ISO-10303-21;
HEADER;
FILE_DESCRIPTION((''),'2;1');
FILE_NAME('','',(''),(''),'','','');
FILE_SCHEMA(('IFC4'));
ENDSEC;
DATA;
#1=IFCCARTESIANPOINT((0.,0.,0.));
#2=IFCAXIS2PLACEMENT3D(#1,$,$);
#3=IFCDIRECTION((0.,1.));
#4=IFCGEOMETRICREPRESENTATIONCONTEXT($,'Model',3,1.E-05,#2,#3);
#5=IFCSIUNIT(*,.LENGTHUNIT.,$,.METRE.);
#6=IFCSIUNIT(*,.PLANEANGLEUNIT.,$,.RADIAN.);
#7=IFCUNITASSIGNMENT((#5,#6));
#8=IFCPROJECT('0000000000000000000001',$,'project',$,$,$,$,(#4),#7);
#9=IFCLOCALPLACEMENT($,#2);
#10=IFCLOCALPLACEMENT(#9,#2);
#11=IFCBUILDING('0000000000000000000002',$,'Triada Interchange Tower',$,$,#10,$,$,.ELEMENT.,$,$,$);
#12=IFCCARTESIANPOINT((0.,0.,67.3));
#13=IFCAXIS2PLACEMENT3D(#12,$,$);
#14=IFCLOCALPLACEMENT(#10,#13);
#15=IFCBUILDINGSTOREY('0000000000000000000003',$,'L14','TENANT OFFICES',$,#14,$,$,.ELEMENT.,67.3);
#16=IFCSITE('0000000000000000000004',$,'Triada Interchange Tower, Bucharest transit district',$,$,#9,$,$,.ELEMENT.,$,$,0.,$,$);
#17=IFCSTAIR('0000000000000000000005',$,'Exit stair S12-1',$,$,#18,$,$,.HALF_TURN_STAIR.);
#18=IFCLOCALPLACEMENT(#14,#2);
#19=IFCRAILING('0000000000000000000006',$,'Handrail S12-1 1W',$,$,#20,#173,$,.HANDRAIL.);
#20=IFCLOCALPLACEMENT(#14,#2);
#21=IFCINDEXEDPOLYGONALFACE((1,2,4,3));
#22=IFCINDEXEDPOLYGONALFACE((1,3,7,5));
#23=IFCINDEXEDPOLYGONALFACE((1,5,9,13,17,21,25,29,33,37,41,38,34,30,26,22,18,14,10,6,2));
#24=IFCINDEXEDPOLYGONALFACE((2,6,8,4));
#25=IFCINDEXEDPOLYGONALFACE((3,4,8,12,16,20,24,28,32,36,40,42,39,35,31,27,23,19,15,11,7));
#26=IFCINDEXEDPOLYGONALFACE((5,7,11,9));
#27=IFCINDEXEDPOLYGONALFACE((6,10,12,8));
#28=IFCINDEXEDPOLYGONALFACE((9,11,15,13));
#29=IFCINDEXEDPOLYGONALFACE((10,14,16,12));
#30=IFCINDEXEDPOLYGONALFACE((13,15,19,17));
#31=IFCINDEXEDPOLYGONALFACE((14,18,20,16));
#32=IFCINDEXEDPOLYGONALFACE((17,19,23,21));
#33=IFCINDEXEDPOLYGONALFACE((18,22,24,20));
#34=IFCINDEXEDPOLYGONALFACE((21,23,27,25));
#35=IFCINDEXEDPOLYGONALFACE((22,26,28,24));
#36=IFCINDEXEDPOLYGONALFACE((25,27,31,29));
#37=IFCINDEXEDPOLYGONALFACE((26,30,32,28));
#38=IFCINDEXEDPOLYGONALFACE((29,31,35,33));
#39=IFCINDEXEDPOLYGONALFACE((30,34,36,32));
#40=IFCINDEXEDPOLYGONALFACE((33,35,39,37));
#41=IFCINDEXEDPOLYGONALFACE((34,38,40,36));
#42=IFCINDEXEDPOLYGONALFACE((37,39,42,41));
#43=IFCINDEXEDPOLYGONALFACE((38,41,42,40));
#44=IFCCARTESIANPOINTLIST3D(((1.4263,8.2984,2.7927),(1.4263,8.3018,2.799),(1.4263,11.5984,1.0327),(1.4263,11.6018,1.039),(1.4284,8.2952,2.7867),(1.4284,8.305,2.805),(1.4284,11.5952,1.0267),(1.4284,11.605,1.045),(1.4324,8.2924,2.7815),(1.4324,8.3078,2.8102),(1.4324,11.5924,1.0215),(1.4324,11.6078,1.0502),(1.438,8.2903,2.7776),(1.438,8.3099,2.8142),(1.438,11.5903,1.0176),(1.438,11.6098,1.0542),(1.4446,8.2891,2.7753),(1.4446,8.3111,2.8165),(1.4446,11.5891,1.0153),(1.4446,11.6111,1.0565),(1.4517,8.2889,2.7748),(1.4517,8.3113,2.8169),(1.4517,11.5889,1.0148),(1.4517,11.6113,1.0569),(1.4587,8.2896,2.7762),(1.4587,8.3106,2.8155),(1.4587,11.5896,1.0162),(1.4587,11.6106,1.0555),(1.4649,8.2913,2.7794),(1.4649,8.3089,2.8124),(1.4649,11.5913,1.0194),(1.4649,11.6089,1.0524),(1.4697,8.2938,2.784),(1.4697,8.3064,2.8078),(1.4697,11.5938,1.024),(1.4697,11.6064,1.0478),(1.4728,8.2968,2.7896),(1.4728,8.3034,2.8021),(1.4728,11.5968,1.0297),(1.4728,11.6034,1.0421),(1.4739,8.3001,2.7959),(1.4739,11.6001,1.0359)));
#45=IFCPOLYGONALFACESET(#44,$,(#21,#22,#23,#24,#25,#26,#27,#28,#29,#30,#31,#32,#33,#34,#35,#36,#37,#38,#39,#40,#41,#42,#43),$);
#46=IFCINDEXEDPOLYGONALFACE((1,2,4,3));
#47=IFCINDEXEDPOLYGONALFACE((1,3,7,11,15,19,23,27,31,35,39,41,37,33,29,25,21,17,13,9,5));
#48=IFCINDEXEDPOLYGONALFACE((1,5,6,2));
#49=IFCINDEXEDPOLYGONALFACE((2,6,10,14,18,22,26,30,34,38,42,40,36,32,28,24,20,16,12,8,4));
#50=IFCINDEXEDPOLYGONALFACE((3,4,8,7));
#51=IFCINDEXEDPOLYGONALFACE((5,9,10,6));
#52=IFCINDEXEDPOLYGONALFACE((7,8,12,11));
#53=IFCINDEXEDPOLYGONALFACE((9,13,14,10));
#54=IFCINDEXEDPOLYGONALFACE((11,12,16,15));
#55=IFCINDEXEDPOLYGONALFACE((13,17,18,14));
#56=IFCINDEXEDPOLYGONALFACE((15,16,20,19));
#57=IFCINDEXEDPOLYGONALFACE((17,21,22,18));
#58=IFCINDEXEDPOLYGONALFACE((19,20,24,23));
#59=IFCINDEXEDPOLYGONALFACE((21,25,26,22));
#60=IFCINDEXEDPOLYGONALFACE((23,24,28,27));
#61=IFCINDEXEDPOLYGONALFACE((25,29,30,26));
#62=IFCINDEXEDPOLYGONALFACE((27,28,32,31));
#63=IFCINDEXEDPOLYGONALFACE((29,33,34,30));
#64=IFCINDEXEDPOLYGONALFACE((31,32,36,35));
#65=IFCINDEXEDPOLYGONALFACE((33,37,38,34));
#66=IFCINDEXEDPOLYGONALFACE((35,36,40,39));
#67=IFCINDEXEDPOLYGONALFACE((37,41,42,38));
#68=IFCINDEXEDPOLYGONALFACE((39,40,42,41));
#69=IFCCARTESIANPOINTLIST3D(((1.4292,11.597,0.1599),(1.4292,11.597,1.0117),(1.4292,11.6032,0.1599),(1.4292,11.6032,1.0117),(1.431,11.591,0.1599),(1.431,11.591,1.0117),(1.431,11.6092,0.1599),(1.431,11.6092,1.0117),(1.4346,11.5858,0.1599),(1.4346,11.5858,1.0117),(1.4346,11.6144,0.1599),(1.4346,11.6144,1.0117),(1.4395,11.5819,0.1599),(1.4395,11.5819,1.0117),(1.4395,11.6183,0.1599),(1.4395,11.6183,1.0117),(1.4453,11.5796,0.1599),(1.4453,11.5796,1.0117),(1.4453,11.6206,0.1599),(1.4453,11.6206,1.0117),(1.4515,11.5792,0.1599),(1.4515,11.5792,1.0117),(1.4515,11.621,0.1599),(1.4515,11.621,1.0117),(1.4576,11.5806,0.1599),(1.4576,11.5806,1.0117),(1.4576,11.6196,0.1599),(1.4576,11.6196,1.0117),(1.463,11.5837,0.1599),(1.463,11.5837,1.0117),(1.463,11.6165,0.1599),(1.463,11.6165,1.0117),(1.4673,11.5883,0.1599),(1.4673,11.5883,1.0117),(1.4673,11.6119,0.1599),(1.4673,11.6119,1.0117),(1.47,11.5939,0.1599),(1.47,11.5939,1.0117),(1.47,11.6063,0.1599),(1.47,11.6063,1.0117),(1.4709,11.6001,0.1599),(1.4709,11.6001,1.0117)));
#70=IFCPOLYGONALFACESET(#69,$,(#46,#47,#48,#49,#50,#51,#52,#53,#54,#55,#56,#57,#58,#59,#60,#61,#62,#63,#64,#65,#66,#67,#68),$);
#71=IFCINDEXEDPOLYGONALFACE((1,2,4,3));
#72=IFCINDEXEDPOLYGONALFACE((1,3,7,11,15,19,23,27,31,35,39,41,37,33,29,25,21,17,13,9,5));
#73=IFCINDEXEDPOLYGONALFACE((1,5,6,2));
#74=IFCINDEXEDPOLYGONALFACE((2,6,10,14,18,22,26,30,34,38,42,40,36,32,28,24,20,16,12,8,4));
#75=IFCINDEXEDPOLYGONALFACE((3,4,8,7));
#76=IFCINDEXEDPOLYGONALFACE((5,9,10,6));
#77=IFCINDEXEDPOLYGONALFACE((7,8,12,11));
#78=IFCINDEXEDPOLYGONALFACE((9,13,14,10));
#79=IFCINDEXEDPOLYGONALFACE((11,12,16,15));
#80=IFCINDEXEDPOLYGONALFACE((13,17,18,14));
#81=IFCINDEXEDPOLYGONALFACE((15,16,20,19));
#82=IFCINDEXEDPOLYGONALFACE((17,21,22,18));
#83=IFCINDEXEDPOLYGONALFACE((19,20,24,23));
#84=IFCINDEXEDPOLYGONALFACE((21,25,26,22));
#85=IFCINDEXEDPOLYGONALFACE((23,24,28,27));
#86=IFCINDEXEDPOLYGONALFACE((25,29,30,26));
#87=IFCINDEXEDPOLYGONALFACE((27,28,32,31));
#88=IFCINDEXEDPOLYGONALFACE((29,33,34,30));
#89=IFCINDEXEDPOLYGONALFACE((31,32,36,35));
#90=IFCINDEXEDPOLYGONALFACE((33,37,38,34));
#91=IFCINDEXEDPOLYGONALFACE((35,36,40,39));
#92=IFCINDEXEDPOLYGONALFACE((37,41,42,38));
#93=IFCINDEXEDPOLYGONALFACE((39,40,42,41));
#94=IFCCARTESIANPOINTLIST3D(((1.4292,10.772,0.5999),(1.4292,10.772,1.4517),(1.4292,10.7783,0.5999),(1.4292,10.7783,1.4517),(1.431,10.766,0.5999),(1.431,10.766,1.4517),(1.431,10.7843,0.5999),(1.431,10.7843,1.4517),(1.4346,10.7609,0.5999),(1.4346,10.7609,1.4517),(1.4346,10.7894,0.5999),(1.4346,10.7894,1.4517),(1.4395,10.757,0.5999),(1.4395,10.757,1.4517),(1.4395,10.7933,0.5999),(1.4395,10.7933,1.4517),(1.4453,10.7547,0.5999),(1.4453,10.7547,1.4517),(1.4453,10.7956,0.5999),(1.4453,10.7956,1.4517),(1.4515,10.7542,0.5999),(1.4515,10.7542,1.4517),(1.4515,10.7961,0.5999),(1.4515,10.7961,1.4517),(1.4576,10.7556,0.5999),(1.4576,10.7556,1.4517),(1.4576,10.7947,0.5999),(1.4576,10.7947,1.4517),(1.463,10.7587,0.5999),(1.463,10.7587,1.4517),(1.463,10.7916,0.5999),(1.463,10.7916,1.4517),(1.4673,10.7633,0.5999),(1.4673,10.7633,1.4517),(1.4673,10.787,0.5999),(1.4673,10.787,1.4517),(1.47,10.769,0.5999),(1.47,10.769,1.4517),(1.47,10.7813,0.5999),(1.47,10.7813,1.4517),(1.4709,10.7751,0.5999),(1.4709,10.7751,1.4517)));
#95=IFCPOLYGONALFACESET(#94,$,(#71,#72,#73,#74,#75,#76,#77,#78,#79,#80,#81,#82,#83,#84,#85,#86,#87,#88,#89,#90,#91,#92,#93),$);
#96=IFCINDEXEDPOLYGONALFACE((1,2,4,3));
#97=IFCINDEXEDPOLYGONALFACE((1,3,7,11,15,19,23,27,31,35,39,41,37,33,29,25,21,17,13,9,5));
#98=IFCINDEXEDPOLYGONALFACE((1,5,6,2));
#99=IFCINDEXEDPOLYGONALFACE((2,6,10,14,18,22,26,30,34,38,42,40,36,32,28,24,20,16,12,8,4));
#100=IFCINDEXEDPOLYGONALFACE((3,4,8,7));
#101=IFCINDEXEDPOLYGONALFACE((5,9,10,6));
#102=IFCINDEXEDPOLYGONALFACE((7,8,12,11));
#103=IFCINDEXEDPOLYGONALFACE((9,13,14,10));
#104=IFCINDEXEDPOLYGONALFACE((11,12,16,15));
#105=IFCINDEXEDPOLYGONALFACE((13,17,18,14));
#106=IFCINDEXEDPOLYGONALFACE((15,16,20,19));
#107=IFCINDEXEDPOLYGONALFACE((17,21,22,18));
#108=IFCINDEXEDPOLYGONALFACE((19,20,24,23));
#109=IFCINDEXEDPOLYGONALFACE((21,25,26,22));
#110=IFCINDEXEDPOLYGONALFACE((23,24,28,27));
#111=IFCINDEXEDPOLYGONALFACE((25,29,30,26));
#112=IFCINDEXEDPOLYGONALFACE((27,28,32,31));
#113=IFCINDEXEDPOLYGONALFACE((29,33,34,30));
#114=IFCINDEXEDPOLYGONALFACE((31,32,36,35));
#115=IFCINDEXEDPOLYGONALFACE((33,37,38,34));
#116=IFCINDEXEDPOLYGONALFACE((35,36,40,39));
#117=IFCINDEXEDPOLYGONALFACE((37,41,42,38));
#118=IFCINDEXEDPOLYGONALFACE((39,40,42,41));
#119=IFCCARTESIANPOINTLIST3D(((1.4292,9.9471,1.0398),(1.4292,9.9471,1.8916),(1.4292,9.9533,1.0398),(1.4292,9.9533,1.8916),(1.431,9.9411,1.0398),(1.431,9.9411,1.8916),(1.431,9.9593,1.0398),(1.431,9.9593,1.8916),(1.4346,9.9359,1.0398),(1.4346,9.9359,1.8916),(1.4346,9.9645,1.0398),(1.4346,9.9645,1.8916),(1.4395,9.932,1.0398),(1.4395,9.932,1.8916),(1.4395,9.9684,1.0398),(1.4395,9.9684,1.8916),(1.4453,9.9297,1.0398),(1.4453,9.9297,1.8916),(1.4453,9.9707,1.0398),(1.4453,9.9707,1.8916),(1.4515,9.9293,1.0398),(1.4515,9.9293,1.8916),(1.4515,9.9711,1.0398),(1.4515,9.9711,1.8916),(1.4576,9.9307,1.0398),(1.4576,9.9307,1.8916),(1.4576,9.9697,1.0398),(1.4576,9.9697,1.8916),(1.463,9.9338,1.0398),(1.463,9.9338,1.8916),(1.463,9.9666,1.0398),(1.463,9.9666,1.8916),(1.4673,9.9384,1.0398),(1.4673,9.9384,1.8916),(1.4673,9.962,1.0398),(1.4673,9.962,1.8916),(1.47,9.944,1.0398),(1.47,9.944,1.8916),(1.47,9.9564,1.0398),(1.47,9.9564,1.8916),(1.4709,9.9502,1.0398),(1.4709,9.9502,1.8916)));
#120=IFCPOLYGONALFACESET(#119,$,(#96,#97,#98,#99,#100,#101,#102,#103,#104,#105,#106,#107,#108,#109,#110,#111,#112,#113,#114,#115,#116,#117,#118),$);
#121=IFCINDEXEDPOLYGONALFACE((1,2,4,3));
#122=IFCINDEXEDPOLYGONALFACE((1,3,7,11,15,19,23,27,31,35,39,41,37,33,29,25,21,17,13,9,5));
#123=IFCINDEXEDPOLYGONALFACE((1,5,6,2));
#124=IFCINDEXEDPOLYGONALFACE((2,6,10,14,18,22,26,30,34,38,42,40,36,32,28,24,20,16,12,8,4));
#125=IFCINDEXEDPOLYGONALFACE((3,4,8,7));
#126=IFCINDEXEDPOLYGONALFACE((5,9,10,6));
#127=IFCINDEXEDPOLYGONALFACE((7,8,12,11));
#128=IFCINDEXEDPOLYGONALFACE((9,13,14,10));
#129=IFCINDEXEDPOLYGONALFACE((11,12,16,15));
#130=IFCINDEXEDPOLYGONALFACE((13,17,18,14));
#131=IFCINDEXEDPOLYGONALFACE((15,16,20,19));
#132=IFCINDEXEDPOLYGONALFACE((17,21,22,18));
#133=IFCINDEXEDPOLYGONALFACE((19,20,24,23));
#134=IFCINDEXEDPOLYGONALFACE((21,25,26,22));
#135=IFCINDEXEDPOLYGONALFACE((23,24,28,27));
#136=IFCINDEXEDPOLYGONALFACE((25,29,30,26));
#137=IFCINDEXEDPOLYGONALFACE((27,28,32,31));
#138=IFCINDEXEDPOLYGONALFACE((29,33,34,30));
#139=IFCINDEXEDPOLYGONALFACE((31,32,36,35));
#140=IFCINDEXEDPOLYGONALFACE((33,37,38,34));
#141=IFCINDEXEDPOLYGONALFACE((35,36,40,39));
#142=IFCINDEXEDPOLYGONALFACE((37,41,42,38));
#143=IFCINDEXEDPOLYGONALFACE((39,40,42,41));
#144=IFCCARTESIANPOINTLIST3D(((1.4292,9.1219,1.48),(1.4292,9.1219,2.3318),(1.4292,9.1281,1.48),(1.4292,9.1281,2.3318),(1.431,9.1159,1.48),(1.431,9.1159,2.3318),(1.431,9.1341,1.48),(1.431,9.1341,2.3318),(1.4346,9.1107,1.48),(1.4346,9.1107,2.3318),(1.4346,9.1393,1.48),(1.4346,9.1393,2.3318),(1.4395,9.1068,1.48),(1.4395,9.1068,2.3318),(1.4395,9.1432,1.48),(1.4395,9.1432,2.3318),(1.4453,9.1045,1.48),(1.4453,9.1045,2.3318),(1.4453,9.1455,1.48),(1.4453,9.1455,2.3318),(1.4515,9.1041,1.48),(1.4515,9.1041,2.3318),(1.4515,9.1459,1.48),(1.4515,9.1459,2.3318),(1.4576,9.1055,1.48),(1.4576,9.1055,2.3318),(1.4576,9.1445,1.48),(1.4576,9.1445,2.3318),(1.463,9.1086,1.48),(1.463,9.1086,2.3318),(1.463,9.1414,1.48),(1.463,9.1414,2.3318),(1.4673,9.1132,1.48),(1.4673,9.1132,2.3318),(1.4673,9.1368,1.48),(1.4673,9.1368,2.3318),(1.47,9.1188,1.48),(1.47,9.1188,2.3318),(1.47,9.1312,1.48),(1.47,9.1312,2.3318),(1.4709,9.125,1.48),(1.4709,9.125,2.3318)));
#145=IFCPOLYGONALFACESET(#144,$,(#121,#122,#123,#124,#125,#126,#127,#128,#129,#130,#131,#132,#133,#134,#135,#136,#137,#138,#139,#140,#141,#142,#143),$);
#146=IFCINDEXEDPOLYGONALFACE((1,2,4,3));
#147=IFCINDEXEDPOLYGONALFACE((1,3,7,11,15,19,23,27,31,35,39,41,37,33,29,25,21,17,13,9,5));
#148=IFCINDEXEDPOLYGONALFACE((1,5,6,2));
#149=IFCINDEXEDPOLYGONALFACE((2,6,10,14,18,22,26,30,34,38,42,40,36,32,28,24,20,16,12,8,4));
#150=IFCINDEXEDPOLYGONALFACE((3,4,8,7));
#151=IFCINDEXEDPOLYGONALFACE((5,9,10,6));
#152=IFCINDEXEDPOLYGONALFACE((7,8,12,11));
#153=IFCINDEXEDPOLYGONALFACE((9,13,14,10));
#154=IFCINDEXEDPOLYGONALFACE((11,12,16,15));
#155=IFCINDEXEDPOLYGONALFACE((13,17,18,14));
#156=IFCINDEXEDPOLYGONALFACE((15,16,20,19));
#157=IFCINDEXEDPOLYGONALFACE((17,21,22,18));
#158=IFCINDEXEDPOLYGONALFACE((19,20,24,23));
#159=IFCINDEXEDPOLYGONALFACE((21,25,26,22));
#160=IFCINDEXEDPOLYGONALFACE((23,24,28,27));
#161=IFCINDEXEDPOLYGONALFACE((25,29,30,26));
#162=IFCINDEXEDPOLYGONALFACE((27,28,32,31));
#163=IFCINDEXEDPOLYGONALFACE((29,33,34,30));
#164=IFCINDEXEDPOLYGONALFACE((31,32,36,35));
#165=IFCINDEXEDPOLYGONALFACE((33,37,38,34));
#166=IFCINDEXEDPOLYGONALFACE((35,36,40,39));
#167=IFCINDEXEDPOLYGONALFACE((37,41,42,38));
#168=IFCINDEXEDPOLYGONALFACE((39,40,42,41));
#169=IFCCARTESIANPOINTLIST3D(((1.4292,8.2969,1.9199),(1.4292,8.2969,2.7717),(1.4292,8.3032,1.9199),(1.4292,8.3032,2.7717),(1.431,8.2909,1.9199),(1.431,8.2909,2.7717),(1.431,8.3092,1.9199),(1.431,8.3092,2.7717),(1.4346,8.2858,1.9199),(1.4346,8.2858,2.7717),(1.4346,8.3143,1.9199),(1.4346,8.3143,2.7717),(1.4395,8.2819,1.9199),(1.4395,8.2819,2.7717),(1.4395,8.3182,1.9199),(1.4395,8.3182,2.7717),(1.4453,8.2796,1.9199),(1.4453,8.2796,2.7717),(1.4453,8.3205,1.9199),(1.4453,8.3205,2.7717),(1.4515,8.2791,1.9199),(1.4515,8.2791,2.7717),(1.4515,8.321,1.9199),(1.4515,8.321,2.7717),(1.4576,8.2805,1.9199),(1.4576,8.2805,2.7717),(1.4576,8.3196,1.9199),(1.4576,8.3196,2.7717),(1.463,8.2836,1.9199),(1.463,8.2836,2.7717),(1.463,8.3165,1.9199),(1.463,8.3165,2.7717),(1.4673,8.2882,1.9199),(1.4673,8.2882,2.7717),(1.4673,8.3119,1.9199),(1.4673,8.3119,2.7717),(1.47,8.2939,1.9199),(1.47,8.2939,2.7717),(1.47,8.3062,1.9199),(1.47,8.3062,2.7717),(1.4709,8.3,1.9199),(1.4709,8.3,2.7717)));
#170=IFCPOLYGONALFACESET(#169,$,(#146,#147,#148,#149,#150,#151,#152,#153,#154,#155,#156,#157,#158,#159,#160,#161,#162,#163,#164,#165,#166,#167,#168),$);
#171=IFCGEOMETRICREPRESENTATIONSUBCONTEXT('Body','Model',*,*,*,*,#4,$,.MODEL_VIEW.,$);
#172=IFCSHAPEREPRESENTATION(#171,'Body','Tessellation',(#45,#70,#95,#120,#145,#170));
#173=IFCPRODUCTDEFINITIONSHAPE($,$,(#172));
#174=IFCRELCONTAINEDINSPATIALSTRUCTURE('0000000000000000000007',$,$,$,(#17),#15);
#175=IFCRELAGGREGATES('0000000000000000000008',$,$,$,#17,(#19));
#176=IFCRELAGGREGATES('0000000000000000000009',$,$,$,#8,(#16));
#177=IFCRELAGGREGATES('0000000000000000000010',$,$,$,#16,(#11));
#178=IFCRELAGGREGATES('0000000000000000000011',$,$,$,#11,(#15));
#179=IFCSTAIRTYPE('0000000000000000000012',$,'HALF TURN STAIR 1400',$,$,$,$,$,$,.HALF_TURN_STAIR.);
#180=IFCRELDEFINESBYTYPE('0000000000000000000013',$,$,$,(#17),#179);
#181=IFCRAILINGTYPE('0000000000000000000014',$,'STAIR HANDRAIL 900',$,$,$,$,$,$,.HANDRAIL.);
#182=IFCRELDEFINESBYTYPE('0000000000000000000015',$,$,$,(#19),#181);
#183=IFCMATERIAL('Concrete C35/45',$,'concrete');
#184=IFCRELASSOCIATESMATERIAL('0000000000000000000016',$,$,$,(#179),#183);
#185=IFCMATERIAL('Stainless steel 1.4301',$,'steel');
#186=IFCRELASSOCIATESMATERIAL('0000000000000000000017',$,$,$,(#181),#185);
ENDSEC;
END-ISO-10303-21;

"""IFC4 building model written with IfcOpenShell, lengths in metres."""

from ifc_helpers import new_model, si_unit, direction, frame, origin, origin_2d, place, context, subcontext, project, spatial, circle, extrude, material, type_object, element, aggregate, save


model = new_model("IFC4")

# Units and contexts
model_context = context("Model", 3, precision=1e-05, world=origin(), true_north=direction((0.0, 1.0)))
body_context = subcontext(model_context, "Body", "Model", "MODEL_VIEW")
ifc_project = project(units=[si_unit("LENGTHUNIT", "METRE"), si_unit("PLANEANGLEUNIT", "RADIAN")], contexts=[model_context])

# Site, building, storey
site_placement = place(None, origin())
site = spatial("IfcSite", under=ifc_project, at=site_placement, Name="Triada Interchange Tower, Bucharest transit district", CompositionType="ELEMENT", RefElevation=0.0)
building_placement = place(site_placement, origin())
building = spatial("IfcBuilding", under=site, at=building_placement, Name="Triada Interchange Tower", CompositionType="ELEMENT")
storey_placement = place(building_placement, frame((0.0, 0.0, 67.3)))
storey = spatial("IfcBuildingStorey", under=building, at=storey_placement, Name="L14", Description="TENANT OFFICES", CompositionType="ELEMENT", Elevation=67.3)

# Stair
ifc_material_1 = material(Name="Concrete C35/45", Category="concrete")
stair_type = type_object("IfcStairType", Name="HALF TURN STAIR 1400", PredefinedType="HALF_TURN_STAIR", material=ifc_material_1)
stair_1_placement = place(storey_placement, origin())
stair_1 = element("IfcStair", 1, at=stair_1_placement, inside=storey, type_object=stair_type, Name="Exit stair S12-1", PredefinedType="HALF_TURN_STAIR")

# Railing
ifc_material_2 = material(Name="Stainless steel 1.4301", Category="steel")
railing_type = type_object("IfcRailingType", Name="STAIR HANDRAIL 900", PredefinedType="HANDRAIL", material=ifc_material_2)
railing_1_placement = place(storey_placement, frame((1.45, 11.6001, 0.1599)))
railing_1 = element("IfcRailing", 2, at=railing_1_placement, type_object=railing_type, Name="Handrail S12-1 1W", PredefinedType="HANDRAIL", context=body_context, shape_type="SweptSolid", body=[
    extrude(circle(Radius=0.0239, at=origin_2d()), frame((0.0, 0.0, 0.876), z_axis=(0.0, -0.882355, 0.470585), x_axis=(1.0, 0.0, 0.0)), (0.0, 0.0, 1.0), 3.74),
    extrude(circle(Radius=0.021, at=origin_2d()), origin(), (0.0, 0.0, 1.0), 0.8518),
    extrude(circle(Radius=0.021, at=origin_2d()), frame((0.0, -0.825, 0.4399)), (0.0, 0.0, 1.0), 0.8518),
    extrude(circle(Radius=0.021, at=origin_2d()), frame((0.0, -1.6499, 0.8799)), (0.0, 0.0, 1.0), 0.8518),
    extrude(circle(Radius=0.021, at=origin_2d()), frame((0.0, -2.4751, 1.3201)), (0.0, 0.0, 1.0), 0.8518),
    extrude(circle(Radius=0.021, at=origin_2d()), frame((0.0, -3.3, 1.76)), (0.0, 0.0, 1.0), 0.8518),
])
aggregate(stair_1, [railing_1])

save(model, "model.ifc")
